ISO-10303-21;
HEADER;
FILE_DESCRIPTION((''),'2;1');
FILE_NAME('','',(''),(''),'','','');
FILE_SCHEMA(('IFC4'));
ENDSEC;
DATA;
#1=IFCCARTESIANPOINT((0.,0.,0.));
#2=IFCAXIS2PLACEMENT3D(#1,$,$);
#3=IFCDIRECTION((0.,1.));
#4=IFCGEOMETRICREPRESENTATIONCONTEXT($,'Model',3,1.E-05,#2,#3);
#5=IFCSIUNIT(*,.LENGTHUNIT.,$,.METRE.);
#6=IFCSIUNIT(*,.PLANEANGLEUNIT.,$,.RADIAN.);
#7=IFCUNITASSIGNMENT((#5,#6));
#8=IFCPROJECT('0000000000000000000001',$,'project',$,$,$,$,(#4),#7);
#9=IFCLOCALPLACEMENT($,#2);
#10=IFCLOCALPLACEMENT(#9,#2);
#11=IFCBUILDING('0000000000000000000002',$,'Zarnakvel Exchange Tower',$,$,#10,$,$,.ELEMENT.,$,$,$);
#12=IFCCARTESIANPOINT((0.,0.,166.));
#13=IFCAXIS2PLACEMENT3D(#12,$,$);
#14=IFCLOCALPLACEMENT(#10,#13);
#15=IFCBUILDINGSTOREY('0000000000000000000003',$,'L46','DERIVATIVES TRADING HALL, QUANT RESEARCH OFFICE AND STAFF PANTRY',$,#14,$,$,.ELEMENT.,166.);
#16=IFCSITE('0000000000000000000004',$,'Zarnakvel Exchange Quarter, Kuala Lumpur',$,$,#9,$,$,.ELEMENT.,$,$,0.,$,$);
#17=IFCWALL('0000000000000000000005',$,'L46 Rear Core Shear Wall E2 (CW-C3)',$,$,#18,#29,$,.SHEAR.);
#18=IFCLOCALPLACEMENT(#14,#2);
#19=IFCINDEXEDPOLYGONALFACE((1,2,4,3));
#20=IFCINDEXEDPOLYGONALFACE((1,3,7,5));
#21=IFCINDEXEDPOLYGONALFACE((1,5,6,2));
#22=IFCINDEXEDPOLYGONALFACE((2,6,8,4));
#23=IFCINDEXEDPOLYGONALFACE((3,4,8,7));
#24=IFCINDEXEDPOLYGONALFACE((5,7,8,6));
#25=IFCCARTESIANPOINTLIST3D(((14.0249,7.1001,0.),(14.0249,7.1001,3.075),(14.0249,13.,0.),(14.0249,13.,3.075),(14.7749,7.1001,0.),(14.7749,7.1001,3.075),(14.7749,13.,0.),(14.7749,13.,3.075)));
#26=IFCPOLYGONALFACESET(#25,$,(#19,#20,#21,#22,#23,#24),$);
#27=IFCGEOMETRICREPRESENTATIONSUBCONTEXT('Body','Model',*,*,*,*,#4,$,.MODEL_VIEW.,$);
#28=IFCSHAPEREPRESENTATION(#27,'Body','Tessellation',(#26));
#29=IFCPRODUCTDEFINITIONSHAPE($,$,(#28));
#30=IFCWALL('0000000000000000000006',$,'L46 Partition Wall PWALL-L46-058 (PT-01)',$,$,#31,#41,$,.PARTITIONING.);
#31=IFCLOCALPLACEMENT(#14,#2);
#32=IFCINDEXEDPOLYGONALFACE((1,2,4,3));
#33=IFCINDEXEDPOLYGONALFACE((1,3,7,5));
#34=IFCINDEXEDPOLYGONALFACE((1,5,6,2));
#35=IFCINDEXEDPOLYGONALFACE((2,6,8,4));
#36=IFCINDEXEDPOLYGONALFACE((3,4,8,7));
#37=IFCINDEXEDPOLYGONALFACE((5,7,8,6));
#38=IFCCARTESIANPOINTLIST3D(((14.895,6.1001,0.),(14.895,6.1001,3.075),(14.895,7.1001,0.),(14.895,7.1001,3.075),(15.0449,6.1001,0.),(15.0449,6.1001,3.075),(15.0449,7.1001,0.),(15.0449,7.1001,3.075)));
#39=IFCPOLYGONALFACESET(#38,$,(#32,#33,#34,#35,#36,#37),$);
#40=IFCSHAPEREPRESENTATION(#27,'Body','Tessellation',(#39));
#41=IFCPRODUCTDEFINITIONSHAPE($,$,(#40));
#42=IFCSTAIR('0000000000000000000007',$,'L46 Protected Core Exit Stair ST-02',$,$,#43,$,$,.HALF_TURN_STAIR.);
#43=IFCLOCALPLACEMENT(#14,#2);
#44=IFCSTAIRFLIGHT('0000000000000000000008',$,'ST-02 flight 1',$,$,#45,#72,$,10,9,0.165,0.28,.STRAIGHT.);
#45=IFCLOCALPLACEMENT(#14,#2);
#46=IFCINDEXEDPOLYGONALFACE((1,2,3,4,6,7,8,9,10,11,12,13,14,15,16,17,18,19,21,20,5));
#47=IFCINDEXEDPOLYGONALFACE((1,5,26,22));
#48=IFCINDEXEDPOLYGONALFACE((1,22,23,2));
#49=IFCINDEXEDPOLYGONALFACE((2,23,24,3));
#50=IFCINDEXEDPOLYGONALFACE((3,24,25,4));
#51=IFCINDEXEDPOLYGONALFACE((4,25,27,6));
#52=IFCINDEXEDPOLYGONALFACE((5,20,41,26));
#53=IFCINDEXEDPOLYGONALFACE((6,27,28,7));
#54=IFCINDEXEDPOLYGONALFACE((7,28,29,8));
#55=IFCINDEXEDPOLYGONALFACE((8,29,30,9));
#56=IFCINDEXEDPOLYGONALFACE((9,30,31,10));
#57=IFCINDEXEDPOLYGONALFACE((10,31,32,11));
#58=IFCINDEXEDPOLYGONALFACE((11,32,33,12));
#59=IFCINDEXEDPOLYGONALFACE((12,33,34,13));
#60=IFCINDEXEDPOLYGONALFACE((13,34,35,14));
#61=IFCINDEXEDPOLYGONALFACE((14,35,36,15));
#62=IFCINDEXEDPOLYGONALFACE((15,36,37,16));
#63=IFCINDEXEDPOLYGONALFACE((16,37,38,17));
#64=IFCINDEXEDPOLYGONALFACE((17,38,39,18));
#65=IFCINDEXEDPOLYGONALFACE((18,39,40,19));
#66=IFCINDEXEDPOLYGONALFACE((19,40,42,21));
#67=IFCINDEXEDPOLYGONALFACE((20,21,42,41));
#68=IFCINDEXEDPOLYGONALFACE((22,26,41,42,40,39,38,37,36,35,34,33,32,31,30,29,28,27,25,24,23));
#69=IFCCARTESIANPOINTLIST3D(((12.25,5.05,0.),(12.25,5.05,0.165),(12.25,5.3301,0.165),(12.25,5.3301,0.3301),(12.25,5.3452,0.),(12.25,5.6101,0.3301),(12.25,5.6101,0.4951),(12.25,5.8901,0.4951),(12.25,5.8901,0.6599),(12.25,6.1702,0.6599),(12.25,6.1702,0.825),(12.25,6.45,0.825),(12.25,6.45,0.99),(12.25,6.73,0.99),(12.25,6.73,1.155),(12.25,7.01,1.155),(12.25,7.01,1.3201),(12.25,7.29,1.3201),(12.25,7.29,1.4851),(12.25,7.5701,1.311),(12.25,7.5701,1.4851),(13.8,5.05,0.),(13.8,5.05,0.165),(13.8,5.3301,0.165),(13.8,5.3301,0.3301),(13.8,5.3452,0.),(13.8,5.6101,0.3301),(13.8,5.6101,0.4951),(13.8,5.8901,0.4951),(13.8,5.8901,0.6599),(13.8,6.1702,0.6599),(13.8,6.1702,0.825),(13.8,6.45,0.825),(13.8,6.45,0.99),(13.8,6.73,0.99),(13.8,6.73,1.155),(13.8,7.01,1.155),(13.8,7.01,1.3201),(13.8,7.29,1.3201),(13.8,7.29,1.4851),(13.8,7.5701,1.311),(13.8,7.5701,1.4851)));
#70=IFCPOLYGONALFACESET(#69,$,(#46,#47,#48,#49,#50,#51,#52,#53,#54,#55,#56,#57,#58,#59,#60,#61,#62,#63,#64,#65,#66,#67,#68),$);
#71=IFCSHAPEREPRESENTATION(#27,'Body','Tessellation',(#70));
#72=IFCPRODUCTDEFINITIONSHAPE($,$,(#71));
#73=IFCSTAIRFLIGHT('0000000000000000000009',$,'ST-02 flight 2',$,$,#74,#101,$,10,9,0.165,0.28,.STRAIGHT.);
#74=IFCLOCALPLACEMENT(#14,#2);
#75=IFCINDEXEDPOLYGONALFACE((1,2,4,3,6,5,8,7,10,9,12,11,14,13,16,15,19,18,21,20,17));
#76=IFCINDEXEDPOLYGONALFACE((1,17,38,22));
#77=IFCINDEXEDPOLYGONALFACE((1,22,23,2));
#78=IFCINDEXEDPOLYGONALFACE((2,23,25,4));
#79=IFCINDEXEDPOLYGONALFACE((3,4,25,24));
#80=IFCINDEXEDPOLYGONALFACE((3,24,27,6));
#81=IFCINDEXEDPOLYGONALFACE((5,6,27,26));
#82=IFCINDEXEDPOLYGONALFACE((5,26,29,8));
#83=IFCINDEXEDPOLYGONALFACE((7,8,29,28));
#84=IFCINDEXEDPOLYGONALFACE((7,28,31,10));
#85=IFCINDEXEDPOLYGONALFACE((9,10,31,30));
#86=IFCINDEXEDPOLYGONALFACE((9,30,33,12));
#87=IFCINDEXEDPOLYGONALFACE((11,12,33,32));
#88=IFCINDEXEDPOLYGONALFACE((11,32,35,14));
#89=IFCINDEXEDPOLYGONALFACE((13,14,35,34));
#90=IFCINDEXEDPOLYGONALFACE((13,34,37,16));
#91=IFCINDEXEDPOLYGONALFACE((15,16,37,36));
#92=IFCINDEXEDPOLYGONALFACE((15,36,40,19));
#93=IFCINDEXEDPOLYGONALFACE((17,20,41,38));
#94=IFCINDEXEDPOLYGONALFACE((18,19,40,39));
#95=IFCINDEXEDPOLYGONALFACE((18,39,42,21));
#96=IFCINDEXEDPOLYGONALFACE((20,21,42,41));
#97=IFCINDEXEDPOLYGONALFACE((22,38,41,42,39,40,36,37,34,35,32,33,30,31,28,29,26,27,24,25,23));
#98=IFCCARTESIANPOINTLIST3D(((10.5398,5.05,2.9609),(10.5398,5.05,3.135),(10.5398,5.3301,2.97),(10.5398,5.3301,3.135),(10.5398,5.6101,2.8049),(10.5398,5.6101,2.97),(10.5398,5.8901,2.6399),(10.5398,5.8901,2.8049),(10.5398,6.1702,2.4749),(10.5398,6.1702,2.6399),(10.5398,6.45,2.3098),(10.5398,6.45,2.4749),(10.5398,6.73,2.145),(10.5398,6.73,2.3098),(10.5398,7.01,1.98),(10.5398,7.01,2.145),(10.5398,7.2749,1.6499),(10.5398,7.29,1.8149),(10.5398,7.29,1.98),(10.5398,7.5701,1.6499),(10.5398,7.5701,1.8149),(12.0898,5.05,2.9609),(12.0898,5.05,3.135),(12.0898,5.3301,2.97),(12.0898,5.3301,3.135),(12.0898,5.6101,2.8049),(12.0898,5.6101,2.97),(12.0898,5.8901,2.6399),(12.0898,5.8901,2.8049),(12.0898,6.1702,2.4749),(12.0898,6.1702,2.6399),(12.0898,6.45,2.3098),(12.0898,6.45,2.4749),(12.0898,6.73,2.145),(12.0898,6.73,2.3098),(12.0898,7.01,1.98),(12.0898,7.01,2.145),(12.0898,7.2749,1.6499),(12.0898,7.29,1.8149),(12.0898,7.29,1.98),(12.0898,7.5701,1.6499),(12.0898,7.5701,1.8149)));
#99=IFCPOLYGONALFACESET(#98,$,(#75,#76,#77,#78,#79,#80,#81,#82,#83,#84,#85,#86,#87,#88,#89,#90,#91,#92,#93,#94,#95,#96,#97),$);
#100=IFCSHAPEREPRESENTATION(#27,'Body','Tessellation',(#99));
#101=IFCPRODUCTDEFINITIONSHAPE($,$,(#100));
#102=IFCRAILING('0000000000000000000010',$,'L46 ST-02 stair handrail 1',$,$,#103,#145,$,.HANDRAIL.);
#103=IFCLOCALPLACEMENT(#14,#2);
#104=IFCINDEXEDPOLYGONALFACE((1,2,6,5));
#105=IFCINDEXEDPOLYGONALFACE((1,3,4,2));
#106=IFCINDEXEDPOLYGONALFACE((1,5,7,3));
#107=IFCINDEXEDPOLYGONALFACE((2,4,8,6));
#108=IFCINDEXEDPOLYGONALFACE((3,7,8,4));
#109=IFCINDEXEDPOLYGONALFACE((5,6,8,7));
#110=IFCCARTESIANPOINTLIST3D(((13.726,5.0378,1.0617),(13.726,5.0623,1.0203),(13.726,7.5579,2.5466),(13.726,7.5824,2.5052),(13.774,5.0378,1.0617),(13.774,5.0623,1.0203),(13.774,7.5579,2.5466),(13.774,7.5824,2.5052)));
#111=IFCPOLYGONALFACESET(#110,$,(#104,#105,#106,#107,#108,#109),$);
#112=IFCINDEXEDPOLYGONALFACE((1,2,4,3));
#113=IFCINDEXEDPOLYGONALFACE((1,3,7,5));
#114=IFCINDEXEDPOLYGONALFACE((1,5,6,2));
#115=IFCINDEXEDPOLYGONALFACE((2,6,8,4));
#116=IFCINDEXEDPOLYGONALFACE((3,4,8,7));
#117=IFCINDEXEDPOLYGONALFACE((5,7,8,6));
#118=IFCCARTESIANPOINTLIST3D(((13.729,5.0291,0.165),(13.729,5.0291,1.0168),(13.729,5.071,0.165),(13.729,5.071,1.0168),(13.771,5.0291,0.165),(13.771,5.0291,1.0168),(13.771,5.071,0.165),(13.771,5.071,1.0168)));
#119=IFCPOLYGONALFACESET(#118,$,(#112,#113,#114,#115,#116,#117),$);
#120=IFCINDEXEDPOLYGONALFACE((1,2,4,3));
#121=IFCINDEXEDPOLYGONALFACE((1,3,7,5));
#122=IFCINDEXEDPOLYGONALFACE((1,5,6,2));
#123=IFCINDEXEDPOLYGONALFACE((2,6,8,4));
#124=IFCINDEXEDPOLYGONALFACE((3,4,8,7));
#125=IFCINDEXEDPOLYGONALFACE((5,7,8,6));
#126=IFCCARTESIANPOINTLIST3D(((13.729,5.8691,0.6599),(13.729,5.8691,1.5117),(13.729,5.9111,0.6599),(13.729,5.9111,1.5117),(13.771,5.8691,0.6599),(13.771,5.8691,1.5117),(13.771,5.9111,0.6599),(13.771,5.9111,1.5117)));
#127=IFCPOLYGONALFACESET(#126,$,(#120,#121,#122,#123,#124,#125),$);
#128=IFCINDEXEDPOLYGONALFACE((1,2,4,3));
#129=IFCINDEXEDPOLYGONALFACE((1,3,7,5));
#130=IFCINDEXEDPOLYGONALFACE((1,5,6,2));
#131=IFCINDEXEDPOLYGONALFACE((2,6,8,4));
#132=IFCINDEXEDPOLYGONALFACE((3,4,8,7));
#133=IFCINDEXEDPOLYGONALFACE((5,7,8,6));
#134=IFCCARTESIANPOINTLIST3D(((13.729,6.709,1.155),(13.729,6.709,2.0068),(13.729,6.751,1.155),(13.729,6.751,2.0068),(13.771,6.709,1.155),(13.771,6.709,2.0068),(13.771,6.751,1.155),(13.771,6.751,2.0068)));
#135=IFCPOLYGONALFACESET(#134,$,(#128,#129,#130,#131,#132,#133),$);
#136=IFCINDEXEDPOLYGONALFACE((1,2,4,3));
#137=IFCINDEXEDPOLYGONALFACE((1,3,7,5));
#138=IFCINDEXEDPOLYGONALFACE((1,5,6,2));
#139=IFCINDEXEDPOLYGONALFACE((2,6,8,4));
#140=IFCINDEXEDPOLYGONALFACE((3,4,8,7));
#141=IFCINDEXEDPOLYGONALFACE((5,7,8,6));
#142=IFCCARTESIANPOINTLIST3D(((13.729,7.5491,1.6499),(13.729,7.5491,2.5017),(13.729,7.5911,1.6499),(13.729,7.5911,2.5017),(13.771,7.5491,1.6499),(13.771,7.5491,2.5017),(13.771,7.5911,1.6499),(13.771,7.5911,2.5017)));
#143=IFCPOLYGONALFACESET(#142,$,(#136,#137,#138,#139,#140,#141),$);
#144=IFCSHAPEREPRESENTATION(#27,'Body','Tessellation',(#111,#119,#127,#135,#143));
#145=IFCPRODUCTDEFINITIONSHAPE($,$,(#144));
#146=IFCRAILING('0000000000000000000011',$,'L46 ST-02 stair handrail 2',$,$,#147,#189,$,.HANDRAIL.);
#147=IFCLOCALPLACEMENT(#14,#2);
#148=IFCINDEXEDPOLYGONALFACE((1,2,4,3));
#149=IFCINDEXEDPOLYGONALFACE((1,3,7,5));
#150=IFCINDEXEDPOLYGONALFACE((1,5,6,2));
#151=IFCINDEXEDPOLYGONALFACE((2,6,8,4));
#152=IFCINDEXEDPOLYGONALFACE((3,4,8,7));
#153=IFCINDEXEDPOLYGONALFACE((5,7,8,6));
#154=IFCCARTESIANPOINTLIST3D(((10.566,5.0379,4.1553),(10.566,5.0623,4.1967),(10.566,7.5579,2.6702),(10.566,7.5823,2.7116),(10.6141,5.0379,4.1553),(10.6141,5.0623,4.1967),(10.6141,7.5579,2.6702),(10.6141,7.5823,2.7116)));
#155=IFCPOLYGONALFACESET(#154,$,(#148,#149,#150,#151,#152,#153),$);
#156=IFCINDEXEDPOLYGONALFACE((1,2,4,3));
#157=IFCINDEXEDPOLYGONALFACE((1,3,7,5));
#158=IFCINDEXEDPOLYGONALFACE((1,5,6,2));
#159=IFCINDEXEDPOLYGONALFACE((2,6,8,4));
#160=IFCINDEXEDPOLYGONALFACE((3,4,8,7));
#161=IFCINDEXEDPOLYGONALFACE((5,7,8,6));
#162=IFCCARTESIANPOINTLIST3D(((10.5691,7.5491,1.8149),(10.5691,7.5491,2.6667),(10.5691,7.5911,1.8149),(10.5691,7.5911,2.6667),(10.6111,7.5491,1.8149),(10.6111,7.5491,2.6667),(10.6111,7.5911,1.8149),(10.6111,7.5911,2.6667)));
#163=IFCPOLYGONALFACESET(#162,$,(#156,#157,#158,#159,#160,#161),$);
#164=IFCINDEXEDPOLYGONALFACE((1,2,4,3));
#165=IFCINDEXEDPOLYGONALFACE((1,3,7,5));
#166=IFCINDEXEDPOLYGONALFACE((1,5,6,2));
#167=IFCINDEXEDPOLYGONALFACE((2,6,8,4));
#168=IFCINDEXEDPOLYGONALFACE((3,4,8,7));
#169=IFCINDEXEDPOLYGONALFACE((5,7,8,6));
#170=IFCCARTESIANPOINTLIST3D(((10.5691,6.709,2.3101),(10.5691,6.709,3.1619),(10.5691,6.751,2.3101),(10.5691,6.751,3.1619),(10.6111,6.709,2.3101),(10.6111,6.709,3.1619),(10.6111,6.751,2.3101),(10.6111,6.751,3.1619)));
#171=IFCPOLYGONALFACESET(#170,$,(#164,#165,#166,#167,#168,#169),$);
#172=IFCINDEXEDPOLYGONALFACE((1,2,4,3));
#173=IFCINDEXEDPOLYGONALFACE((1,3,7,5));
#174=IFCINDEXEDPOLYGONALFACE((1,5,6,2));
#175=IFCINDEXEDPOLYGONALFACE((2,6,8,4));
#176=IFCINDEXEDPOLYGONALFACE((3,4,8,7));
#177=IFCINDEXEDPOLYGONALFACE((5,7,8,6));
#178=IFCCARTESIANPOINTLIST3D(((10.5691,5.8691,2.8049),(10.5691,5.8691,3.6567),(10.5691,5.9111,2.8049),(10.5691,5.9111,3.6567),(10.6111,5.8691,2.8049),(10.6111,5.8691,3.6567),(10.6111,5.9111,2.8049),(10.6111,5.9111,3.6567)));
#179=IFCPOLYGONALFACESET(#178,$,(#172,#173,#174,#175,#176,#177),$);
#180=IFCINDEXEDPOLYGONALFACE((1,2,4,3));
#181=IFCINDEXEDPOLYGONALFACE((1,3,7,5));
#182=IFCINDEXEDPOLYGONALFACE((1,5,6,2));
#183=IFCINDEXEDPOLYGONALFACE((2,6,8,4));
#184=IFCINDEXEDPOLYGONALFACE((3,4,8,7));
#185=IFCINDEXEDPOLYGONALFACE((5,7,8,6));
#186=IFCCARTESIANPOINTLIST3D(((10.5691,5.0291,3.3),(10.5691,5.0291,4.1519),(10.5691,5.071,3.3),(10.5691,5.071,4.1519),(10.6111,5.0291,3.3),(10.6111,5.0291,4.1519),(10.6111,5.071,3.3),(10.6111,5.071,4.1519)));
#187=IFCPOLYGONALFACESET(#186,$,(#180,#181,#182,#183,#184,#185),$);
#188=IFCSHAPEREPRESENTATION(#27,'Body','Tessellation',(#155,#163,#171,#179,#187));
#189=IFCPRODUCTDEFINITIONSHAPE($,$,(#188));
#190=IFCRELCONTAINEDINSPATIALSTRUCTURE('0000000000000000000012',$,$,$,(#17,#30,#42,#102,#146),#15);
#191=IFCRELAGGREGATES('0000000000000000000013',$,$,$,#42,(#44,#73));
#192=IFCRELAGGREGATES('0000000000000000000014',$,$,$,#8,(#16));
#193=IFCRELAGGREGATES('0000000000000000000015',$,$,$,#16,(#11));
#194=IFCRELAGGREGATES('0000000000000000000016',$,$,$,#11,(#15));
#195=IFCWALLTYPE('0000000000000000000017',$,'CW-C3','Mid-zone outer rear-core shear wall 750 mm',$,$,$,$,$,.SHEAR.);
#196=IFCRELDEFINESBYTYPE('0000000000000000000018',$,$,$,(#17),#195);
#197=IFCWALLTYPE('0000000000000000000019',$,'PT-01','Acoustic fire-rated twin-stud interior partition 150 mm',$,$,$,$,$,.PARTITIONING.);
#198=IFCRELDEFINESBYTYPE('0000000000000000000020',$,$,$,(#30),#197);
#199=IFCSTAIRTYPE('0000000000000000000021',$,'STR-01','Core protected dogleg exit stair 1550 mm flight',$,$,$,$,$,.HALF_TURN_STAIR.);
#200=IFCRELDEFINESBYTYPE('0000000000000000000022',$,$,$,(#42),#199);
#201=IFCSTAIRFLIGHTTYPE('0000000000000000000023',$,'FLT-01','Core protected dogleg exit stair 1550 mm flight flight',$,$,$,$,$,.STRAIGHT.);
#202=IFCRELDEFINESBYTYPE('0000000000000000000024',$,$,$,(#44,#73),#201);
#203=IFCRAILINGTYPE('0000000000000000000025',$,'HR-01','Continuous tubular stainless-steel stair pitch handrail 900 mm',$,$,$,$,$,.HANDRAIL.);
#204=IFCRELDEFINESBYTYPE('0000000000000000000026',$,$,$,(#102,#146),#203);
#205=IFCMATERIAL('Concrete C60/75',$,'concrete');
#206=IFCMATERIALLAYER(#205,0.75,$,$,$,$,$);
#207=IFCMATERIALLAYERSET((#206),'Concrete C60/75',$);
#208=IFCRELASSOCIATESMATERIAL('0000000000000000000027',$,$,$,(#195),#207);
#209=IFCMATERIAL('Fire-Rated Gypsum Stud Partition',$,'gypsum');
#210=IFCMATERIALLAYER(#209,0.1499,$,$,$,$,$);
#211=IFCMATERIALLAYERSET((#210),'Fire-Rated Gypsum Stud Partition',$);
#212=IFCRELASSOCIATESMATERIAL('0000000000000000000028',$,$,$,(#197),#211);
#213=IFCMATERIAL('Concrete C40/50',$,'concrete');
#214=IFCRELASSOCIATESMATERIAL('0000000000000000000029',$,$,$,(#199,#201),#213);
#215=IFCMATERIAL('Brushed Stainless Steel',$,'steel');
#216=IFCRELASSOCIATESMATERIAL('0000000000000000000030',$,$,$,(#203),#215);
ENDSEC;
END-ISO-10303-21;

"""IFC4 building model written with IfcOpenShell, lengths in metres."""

from ifc_helpers import new_model, si_unit, direction, frame, frame_2d, origin, origin_2d, place, context, subcontext, project, spatial, polyline, rectangle, outline, extrude, material, layer, layer_set, type_object, element, aggregate, save


model = new_model("IFC4")

# Units and contexts
model_context = context("Model", 3, precision=1e-05, world=origin(), true_north=direction((0.0, 1.0)))
body_context = subcontext(model_context, "Body", "Model", "MODEL_VIEW")
ifc_project = project(units=[si_unit("LENGTHUNIT", "METRE"), si_unit("PLANEANGLEUNIT", "RADIAN")], contexts=[model_context])

# Site, building, storey
site_placement = place(None, origin())
site = spatial("IfcSite", under=ifc_project, at=site_placement, Name="Zarnakvel Exchange Quarter, Kuala Lumpur", CompositionType="ELEMENT", RefElevation=0.0)
building_placement = place(site_placement, origin())
building = spatial("IfcBuilding", under=site, at=building_placement, Name="Zarnakvel Exchange Tower", CompositionType="ELEMENT")
storey_placement = place(building_placement, frame((0.0, 0.0, 166.0)))
storey = spatial("IfcBuildingStorey", under=building, at=storey_placement, Name="L46", Description="DERIVATIVES TRADING HALL, QUANT RESEARCH OFFICE AND STAFF PANTRY", CompositionType="ELEMENT", Elevation=166.0)

# Shared definitions
ifc_material_1 = material(Name="Concrete C60/75", Category="concrete")

# Walls
ifc_layer_1 = layer(ifc_material_1, 0.75)
ifc_layer_set_1 = layer_set([ifc_layer_1], Name="Concrete C60/75")
wall_type_1 = type_object("IfcWallType", Name="CW-C3", Description="Mid-zone outer rear-core shear wall 750 mm", PredefinedType="SHEAR", material=ifc_layer_set_1)
wall_1_placement = place(storey_placement, frame((14.3999, 7.1001, 0.0), z_axis=(0.0, 0.0, 1.0), x_axis=(0.0, 1.0, 0.0)))
element("IfcWall", 1, at=wall_1_placement, inside=storey, type_object=wall_type_1, Name="L46 Rear Core Shear Wall E2 (CW-C3)", PredefinedType="SHEAR", context=body_context, shape_type="SweptSolid", body=[
    extrude(rectangle(XDim=5.8999, YDim=0.75, at=frame_2d((2.95, 0.0))), origin(), (0.0, 0.0, 1.0), 3.075),
])
ifc_material_2 = material(Name="Fire-Rated Gypsum Stud Partition", Category="gypsum")
ifc_layer_2 = layer(ifc_material_2, 0.1499)
ifc_layer_set_2 = layer_set([ifc_layer_2], Name="Fire-Rated Gypsum Stud Partition")
wall_type_2 = type_object("IfcWallType", Name="PT-01", Description="Acoustic fire-rated twin-stud interior partition 150 mm", PredefinedType="PARTITIONING", material=ifc_layer_set_2)
wall_2_placement = place(storey_placement, frame((14.97, 6.1001, 0.0), z_axis=(0.0, 0.0, 1.0), x_axis=(0.0, 1.0, 0.0)))
element("IfcWall", 2, at=wall_2_placement, inside=storey, type_object=wall_type_2, Name="L46 Partition Wall PWALL-L46-058 (PT-01)", PredefinedType="PARTITIONING", context=body_context, shape_type="SweptSolid", body=[
    extrude(rectangle(XDim=1.0, YDim=0.1499, at=frame_2d((0.5, 0.0))), origin(), (0.0, 0.0, 1.0), 3.075),
])

# Shared definitions
ifc_material_3 = material(Name="Concrete C40/50", Category="concrete")

# Stair, stair flights
stair_type = type_object("IfcStairType", Name="STR-01", Description="Core protected dogleg exit stair 1550 mm flight", PredefinedType="HALF_TURN_STAIR", material=ifc_material_3)
stair_placement = place(storey_placement, origin())
stair = element("IfcStair", 3, at=stair_placement, inside=storey, type_object=stair_type, Name="L46 Protected Core Exit Stair ST-02", PredefinedType="HALF_TURN_STAIR")
stair_flight_type = type_object("IfcStairFlightType", Name="FLT-01", Description="Core protected dogleg exit stair 1550 mm flight flight", PredefinedType="STRAIGHT", material=ifc_material_3)
stair_flight_1_placement = place(storey_placement, frame((13.0249, 5.05, 0.0), z_axis=(0.0, 0.0, 1.0), x_axis=(0.0, 1.0, 0.0)))
stair_flight_1 = element("IfcStairFlight", 4, at=stair_flight_1_placement, type_object=stair_flight_type, Name="ST-02 flight 1", NumberOfRisers=10, NumberOfTreads=9, PredefinedType="STRAIGHT", RiserHeight=0.165, TreadLength=0.28, context=body_context, shape_type="SweptSolid", body=[
    extrude(outline(polyline([(0.0, 0.0), (0.0, 0.165), (0.28, 0.165), (0.28, 0.3301), (0.5601, 0.3301), (0.5601, 0.4951), (0.8401, 0.4951), (0.8401, 0.6599), (1.1201, 0.6599), (1.1201, 0.825), (1.3999, 0.825), (1.3999, 0.99), (1.6799, 0.99), (1.6799, 1.155), (1.96, 1.155), (1.96, 1.3201), (2.24, 1.3201), (2.24, 1.4851), (2.52, 1.4851), (2.52, 1.6499), (2.52, 1.311), (0.2952, 0.0), (0.0, 0.0)])), frame((0.0, 0.7749, 0.0), z_axis=(0.0, -1.0, 0.0), x_axis=(1.0, 0.0, 0.0)), (0.0, 0.0, 1.0), 1.55),
])
stair_flight_2_placement = place(storey_placement, frame((11.3149, 7.5701, 1.6499), z_axis=(0.0, 0.0, 1.0), x_axis=(0.0, -1.0, 0.0)))
stair_flight_2 = element("IfcStairFlight", 5, at=stair_flight_2_placement, type_object=stair_flight_type, Name="ST-02 flight 2", NumberOfRisers=10, NumberOfTreads=9, PredefinedType="STRAIGHT", RiserHeight=0.165, TreadLength=0.28, context=body_context, shape_type="SweptSolid", body=[
    extrude(outline(polyline([(0.0, 0.0), (0.0, 0.165), (0.28, 0.165), (0.28, 0.3301), (0.5601, 0.3301), (0.5601, 0.4951), (0.8401, 0.4951), (0.8401, 0.6599), (1.1201, 0.6599), (1.1201, 0.825), (1.3999, 0.825), (1.3999, 0.99), (1.6799, 0.99), (1.6799, 1.155), (1.96, 1.155), (1.96, 1.3201), (2.24, 1.3201), (2.24, 1.4851), (2.52, 1.4851), (2.52, 1.6499), (2.52, 1.311), (0.2952, 0.0), (0.0, 0.0)])), frame((0.0, 0.7749, 0.0), z_axis=(0.0, -1.0, 0.0), x_axis=(1.0, 0.0, 0.0)), (0.0, 0.0, 1.0), 1.55),
])
aggregate(stair, [stair_flight_1, stair_flight_2])

# Railings
ifc_material_4 = material(Name="Brushed Stainless Steel", Category="steel")
railing_type_1 = type_object("IfcRailingType", Name="HR-01", Description="Continuous tubular stainless-steel stair pitch handrail 900 mm", PredefinedType="HANDRAIL", material=ifc_material_4)
railing_1_placement = place(storey_placement, frame((13.75, 5.05, 0.165)))
element("IfcRailing", 6, at=railing_1_placement, inside=storey, type_object=railing_type_1, Name="L46 ST-02 stair handrail 1", PredefinedType="HANDRAIL", context=body_context, shape_type="SweptSolid", body=[
    extrude(rectangle(XDim=0.0481, YDim=0.0481, at=origin_2d()), frame((0.0, 0.0, 0.876), z_axis=(0.0, 0.861561, 0.507655), x_axis=(-1.0, 0.0, 0.0)), (0.0, 0.0, 1.0), 2.925),
    extrude(rectangle(XDim=0.042, YDim=0.042, at=origin_2d()), origin(), (0.0, 0.0, 1.0), 0.8518),
    extrude(rectangle(XDim=0.042, YDim=0.042, at=origin_2d()), frame((0.0, 0.8401, 0.4949)), (0.0, 0.0, 1.0), 0.8518),
    extrude(rectangle(XDim=0.042, YDim=0.042, at=origin_2d()), frame((0.0, 1.6799, 0.99)), (0.0, 0.0, 1.0), 0.8518),
    extrude(rectangle(XDim=0.042, YDim=0.042, at=origin_2d()), frame((0.0, 2.52, 1.4849)), (0.0, 0.0, 1.0), 0.8518),
])
railing_2_placement = place(storey_placement, frame((10.5901, 7.5701, 1.8149)))
element("IfcRailing", 7, at=railing_2_placement, inside=storey, type_object=railing_type_1, Name="L46 ST-02 stair handrail 2", PredefinedType="HANDRAIL", context=body_context, shape_type="SweptSolid", body=[
    extrude(rectangle(XDim=0.0481, YDim=0.0481, at=origin_2d()), frame((0.0, 0.0, 0.876), z_axis=(0.0, -0.861524, 0.507717), x_axis=(1.0, 0.0, 0.0)), (0.0, 0.0, 1.0), 2.925),
    extrude(rectangle(XDim=0.042, YDim=0.042, at=origin_2d()), origin(), (0.0, 0.0, 1.0), 0.8518),
    extrude(rectangle(XDim=0.042, YDim=0.042, at=origin_2d()), frame((0.0, -0.8401, 0.4951)), (0.0, 0.0, 1.0), 0.8518),
    extrude(rectangle(XDim=0.042, YDim=0.042, at=origin_2d()), frame((0.0, -1.6799, 0.99)), (0.0, 0.0, 1.0), 0.8518),
    extrude(rectangle(XDim=0.042, YDim=0.042, at=origin_2d()), frame((0.0, -2.52, 1.4851)), (0.0, 0.0, 1.0), 0.8518),
])

save(model, "model.ifc")
